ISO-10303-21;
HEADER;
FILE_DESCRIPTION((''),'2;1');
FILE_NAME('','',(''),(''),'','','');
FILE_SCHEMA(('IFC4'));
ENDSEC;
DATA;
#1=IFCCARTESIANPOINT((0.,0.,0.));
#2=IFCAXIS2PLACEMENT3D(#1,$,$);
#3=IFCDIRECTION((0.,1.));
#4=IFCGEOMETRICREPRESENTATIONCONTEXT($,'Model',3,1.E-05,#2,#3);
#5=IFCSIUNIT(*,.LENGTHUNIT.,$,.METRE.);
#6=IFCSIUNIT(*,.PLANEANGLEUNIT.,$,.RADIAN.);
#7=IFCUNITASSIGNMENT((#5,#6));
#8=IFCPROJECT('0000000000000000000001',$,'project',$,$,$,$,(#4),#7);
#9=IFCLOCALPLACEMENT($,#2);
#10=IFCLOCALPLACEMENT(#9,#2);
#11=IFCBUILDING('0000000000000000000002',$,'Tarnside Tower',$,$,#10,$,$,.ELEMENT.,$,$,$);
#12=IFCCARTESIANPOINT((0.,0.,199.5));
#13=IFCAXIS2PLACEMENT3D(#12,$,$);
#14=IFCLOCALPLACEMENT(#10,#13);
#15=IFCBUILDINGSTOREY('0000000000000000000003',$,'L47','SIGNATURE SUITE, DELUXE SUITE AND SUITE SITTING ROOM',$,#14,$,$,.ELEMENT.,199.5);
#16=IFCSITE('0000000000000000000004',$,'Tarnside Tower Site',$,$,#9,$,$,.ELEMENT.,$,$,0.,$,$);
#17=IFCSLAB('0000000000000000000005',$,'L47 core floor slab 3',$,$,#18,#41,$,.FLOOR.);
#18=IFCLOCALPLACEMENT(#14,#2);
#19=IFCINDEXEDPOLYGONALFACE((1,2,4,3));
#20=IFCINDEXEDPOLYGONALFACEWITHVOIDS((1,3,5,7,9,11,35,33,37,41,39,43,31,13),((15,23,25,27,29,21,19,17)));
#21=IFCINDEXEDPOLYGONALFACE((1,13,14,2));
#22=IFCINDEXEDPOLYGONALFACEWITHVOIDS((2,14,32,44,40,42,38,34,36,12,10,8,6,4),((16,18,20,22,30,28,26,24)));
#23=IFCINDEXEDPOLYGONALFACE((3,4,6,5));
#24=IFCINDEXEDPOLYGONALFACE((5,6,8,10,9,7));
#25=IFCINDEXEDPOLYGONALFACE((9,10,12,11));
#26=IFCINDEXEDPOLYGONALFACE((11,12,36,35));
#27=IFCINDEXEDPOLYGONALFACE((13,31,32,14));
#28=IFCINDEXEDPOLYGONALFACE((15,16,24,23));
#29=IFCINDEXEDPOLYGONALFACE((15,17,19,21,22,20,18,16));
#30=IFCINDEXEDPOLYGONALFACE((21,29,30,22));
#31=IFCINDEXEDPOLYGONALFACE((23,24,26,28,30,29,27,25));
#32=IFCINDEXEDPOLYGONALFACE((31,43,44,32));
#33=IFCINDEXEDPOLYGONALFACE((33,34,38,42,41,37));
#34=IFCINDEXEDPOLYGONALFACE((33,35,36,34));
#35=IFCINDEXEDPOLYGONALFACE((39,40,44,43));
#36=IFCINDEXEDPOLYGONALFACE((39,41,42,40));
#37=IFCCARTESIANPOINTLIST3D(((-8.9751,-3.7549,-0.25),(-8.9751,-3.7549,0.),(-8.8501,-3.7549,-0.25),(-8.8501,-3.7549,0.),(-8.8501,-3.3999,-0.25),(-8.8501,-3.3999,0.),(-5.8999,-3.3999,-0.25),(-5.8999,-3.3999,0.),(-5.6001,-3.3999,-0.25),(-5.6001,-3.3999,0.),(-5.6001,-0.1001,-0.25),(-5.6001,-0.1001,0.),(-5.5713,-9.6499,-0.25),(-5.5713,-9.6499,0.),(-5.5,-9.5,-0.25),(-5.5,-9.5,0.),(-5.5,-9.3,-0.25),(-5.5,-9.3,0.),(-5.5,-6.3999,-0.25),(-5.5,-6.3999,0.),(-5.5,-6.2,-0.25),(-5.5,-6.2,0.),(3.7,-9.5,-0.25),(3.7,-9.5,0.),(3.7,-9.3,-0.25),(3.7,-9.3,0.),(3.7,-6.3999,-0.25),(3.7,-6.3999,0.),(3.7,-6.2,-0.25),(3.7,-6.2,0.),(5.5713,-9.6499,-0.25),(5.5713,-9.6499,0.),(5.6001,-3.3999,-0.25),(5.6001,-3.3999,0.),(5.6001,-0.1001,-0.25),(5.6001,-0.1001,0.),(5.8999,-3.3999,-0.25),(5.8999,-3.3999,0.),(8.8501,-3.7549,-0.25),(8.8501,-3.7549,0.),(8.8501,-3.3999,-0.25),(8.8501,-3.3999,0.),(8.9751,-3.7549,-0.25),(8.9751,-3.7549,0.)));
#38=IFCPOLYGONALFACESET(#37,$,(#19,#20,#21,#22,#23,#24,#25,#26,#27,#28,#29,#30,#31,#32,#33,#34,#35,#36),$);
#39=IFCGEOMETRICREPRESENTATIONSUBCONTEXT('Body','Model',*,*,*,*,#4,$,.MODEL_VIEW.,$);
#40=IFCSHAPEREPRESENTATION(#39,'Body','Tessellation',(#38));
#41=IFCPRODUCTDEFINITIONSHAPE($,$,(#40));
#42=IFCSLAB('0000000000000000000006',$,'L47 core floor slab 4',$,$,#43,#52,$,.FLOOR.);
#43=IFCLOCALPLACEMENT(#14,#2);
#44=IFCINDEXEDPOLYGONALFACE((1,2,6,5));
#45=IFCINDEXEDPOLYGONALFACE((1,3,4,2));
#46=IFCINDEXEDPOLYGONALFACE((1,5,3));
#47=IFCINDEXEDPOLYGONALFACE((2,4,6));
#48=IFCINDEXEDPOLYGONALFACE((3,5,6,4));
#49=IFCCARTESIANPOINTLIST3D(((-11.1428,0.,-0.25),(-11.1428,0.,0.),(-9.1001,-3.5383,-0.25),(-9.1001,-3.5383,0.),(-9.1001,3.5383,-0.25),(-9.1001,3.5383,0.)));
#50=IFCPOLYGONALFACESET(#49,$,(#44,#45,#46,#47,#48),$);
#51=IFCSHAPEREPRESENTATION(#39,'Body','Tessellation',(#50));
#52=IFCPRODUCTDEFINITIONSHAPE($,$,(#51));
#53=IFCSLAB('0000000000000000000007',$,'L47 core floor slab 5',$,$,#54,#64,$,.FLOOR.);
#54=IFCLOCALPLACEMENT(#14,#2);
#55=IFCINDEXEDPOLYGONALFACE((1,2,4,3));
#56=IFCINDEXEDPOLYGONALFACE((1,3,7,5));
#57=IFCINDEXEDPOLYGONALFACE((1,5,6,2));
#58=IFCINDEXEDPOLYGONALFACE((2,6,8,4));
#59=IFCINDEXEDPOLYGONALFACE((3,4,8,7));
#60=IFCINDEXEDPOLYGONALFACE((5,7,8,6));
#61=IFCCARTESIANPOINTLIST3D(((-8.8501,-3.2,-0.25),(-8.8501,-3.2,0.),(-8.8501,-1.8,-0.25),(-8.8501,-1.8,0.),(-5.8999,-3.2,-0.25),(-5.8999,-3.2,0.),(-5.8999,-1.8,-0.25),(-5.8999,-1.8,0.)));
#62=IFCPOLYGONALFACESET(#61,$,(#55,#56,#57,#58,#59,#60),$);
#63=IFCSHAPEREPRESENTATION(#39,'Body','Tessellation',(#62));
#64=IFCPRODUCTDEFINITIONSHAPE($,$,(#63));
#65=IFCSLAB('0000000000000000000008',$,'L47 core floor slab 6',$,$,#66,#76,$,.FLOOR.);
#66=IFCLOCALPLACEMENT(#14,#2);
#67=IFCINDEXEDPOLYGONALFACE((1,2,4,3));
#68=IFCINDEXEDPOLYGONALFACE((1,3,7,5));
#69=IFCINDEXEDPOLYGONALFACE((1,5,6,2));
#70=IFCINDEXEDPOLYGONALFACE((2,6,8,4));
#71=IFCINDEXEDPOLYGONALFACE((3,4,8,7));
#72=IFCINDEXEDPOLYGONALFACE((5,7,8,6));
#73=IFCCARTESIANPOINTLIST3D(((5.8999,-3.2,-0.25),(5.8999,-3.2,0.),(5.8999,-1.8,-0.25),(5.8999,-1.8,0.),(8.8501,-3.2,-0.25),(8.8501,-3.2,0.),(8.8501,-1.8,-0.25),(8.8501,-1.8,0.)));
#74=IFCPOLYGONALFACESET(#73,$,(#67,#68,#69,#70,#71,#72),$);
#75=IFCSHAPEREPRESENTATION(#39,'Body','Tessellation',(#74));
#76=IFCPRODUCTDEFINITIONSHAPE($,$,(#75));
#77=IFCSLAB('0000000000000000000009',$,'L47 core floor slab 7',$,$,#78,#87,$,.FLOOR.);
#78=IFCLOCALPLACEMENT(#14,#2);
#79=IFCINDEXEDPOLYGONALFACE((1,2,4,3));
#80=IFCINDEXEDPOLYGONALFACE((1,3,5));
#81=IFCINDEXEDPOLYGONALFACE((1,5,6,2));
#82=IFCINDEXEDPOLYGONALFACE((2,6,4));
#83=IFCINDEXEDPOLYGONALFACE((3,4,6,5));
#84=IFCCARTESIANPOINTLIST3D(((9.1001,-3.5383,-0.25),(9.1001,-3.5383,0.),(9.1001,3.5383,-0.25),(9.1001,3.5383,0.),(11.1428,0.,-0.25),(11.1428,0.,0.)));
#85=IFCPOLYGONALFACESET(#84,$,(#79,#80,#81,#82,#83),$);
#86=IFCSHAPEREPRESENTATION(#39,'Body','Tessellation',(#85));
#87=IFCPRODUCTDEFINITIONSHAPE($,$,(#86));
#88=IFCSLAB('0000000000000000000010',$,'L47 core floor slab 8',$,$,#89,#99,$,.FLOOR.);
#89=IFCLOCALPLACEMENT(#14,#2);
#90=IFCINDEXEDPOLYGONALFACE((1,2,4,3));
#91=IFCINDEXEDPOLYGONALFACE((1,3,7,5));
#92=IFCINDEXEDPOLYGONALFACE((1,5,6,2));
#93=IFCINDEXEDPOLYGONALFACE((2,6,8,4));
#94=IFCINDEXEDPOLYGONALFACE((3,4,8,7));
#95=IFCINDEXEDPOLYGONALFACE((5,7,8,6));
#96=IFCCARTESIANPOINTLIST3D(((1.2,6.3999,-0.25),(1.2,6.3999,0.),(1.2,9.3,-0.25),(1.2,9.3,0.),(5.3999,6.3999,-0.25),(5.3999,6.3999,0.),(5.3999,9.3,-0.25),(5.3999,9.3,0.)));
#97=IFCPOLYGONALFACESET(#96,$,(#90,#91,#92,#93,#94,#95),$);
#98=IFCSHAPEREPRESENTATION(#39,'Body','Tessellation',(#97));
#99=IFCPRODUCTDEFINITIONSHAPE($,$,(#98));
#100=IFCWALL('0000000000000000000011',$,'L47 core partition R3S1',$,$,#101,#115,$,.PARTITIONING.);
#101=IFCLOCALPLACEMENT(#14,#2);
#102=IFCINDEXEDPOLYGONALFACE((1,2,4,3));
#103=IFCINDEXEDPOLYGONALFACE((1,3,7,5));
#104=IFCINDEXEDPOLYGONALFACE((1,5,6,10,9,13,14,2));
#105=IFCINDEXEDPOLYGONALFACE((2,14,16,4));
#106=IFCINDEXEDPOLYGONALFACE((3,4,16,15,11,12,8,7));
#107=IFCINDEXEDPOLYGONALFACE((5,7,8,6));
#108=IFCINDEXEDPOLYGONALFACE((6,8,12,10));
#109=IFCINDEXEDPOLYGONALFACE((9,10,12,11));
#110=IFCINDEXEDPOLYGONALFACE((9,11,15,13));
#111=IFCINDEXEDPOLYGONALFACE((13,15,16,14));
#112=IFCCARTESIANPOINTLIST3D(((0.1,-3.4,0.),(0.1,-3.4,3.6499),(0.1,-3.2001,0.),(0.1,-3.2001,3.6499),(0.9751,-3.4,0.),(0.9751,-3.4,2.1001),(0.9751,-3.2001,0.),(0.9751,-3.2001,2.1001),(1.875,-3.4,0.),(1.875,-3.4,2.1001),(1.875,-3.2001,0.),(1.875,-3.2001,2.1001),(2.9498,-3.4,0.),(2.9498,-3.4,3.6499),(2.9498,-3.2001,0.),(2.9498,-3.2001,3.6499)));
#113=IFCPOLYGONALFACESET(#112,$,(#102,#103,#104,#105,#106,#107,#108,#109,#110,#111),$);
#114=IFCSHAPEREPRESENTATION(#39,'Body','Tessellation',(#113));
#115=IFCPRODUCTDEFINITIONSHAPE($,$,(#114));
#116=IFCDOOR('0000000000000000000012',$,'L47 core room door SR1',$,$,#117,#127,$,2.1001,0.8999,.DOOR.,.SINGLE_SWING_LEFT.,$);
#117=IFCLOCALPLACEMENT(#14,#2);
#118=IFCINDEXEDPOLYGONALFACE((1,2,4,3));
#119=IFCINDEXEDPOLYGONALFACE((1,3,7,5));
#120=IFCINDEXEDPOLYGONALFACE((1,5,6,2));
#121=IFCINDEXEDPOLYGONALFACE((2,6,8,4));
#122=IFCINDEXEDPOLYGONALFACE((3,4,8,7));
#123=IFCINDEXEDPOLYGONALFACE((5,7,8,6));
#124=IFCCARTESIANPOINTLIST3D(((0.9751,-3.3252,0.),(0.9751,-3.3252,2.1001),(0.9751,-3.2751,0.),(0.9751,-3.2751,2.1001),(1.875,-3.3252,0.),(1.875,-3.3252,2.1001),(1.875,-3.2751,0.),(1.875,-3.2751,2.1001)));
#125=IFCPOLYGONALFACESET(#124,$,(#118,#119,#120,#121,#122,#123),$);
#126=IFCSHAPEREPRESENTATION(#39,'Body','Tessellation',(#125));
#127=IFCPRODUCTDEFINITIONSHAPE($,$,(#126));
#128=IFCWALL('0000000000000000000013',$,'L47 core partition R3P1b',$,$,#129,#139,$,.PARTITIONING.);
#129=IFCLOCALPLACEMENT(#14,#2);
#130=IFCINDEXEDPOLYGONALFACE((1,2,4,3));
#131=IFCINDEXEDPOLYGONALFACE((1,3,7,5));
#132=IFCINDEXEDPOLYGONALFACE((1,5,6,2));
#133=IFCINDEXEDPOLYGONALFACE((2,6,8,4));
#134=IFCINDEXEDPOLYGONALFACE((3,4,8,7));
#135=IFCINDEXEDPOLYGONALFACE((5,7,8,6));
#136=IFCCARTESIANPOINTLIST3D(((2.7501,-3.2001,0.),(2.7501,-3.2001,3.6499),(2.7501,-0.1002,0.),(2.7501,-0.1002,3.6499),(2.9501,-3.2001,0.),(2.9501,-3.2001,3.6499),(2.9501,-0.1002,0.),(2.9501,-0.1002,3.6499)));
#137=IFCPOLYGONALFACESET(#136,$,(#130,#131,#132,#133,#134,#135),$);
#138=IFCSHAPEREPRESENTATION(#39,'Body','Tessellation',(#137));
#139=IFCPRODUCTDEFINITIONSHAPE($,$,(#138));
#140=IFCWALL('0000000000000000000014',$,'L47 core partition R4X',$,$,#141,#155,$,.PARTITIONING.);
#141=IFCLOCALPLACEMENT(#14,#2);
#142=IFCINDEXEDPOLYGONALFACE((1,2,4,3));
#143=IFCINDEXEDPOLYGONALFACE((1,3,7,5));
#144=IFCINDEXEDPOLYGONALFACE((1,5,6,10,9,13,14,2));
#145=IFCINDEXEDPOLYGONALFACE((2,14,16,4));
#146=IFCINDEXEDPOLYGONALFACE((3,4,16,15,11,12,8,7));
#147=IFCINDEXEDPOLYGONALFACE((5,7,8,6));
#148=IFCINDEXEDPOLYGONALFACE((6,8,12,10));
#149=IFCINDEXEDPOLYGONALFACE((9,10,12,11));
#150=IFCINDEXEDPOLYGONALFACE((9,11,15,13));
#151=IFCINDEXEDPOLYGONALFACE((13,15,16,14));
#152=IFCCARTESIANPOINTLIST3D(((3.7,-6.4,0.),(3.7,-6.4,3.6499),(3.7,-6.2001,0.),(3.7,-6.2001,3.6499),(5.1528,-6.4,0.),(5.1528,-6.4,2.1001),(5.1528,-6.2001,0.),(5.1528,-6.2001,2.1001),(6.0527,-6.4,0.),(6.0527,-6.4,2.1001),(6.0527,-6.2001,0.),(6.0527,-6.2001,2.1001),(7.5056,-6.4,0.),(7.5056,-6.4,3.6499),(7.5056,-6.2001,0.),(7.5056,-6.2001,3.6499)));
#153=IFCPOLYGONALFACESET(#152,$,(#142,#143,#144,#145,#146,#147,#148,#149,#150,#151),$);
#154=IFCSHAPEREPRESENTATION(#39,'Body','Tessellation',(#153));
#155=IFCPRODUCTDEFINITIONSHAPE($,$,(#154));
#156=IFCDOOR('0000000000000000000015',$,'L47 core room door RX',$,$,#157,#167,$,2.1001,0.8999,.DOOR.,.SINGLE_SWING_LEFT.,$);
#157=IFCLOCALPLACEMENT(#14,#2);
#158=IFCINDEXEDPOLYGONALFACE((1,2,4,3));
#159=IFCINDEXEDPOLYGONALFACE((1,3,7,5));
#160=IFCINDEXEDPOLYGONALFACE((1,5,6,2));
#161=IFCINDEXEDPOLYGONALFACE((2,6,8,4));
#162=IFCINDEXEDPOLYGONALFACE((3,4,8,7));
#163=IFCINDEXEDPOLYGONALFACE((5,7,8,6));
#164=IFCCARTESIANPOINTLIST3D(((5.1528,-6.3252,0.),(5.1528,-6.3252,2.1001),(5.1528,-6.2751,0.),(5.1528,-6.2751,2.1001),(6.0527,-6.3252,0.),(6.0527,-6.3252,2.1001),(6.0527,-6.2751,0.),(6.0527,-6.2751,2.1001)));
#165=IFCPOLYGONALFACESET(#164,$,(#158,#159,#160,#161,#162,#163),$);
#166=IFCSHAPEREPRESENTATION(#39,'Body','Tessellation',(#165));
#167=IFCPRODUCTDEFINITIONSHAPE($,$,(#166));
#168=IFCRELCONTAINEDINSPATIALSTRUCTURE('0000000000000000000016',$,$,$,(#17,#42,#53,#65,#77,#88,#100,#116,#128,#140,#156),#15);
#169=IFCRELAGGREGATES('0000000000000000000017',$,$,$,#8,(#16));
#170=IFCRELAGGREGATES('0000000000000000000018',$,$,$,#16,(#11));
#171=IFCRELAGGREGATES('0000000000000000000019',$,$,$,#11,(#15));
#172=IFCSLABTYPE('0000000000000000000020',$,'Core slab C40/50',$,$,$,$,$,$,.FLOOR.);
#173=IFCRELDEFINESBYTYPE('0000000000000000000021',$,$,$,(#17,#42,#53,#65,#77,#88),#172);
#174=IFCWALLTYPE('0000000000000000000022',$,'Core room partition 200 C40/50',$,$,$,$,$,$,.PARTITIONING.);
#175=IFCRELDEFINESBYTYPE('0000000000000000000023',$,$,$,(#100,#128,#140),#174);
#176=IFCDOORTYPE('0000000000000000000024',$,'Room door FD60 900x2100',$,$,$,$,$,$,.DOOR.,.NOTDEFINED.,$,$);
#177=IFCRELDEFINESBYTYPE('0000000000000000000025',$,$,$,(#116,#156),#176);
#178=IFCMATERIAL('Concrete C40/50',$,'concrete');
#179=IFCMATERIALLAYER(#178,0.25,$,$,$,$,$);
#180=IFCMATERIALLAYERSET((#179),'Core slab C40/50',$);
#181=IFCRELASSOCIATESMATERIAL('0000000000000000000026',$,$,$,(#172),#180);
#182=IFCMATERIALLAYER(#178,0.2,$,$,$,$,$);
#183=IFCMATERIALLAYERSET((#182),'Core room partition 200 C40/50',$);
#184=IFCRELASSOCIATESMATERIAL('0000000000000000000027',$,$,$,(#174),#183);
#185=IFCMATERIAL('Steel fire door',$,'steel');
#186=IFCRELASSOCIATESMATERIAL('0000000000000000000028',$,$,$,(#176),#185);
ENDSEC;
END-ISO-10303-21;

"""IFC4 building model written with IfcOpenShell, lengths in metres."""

from ifc_helpers import new_model, si_unit, direction, frame, frame_2d, origin, place, context, subcontext, project, spatial, polyline, rectangle, outline, extrude, material, layer, layer_set, type_object, element, fill, save


model = new_model("IFC4")

# Units and contexts
model_context = context("Model", 3, precision=1e-05, world=origin(), true_north=direction((0.0, 1.0)))
body_context = subcontext(model_context, "Body", "Model", "MODEL_VIEW")
ifc_project = project(units=[si_unit("LENGTHUNIT", "METRE"), si_unit("PLANEANGLEUNIT", "RADIAN")], contexts=[model_context])

# Site, building, storey
site_placement = place(None, origin())
site = spatial("IfcSite", under=ifc_project, at=site_placement, Name="Tarnside Tower Site", CompositionType="ELEMENT", RefElevation=0.0)
building_placement = place(site_placement, origin())
building = spatial("IfcBuilding", under=site, at=building_placement, Name="Tarnside Tower", CompositionType="ELEMENT")
storey_placement = place(building_placement, frame((0.0, 0.0, 199.5)))
storey = spatial("IfcBuildingStorey", under=building, at=storey_placement, Name="L47", Description="SIGNATURE SUITE, DELUXE SUITE AND SUITE SITTING ROOM", CompositionType="ELEMENT", Elevation=199.5)

# Slabs
ifc_material_1 = material(Name="Concrete C40/50", Category="concrete")
ifc_layer_1 = layer(ifc_material_1, 0.25)
ifc_layer_set_1 = layer_set([ifc_layer_1], Name="Core slab C40/50")
slab_type = type_object("IfcSlabType", Name="Core slab C40/50", PredefinedType="FLOOR", material=ifc_layer_set_1)
slab_1_placement = place(storey_placement, frame((0.0, 0.0, -0.25)))
element("IfcSlab", 1, at=slab_1_placement, inside=storey, type_object=slab_type, Name="L47 core floor slab 3", PredefinedType="FLOOR", context=body_context, shape_type="SweptSolid", body=[
    extrude(outline(polyline([(5.6001, -3.3999), (5.8999, -3.3999), (8.8501, -3.3999), (8.8501, -3.7549), (8.9751, -3.7549), (5.5713, -9.6499), (-5.5713, -9.6499), (-8.9751, -3.7549), (-8.8501, -3.7549), (-8.8501, -3.3999), (-5.8999, -3.3999), (-5.6001, -3.3999), (-5.6001, -0.1001), (5.6001, -0.1001), (5.6001, -3.3999)]), holes=[polyline([(-5.5, -9.3), (-5.5, -9.5), (3.7, -9.5), (3.7, -9.3), (3.7, -6.3999), (3.7, -6.2), (-5.5, -6.2), (-5.5, -6.3999), (-5.5, -9.3)])]), origin(), (0.0, 0.0, 1.0), 0.25),
])
slab_2_placement = place(storey_placement, frame((0.0, 0.0, -0.25)))
element("IfcSlab", 2, at=slab_2_placement, inside=storey, type_object=slab_type, Name="L47 core floor slab 4", PredefinedType="FLOOR", context=body_context, shape_type="SweptSolid", body=[
    extrude(outline(polyline([(-11.1428, 0.0), (-9.1001, 3.5383), (-9.1001, -3.5383), (-11.1428, 0.0)])), origin(), (0.0, 0.0, 1.0), 0.25),
])
slab_3_placement = place(storey_placement, frame((0.0, 0.0, -0.25)))
element("IfcSlab", 3, at=slab_3_placement, inside=storey, type_object=slab_type, Name="L47 core floor slab 5", PredefinedType="FLOOR", context=body_context, shape_type="SweptSolid", body=[
    extrude(outline(polyline([(-8.8501, -1.8), (-5.8999, -1.8), (-5.8999, -3.2), (-8.8501, -3.2), (-8.8501, -1.8)])), origin(), (0.0, 0.0, 1.0), 0.25),
])
slab_4_placement = place(storey_placement, frame((0.0, 0.0, -0.25)))
element("IfcSlab", 4, at=slab_4_placement, inside=storey, type_object=slab_type, Name="L47 core floor slab 6", PredefinedType="FLOOR", context=body_context, shape_type="SweptSolid", body=[
    extrude(outline(polyline([(5.8999, -3.2), (5.8999, -1.8), (8.8501, -1.8), (8.8501, -3.2), (5.8999, -3.2)])), origin(), (0.0, 0.0, 1.0), 0.25),
])
slab_5_placement = place(storey_placement, frame((0.0, 0.0, -0.25)))
element("IfcSlab", 5, at=slab_5_placement, inside=storey, type_object=slab_type, Name="L47 core floor slab 7", PredefinedType="FLOOR", context=body_context, shape_type="SweptSolid", body=[
    extrude(outline(polyline([(9.1001, -3.5383), (9.1001, 3.5383), (11.1428, 0.0), (9.1001, -3.5383)])), origin(), (0.0, 0.0, 1.0), 0.25),
])
slab_6_placement = place(storey_placement, frame((0.0, 0.0, -0.25)))
element("IfcSlab", 6, at=slab_6_placement, inside=storey, type_object=slab_type, Name="L47 core floor slab 8", PredefinedType="FLOOR", context=body_context, shape_type="SweptSolid", body=[
    extrude(outline(polyline([(5.3999, 9.3), (5.3999, 6.3999), (1.2, 6.3999), (1.2, 9.3), (5.3999, 9.3)])), origin(), (0.0, 0.0, 1.0), 0.25),
])

# Wall, opening, door
ifc_layer_2 = layer(ifc_material_1, 0.2)
ifc_layer_set_2 = layer_set([ifc_layer_2], Name="Core room partition 200 C40/50")
wall_type_1 = type_object("IfcWallType", Name="Core room partition 200 C40/50", PredefinedType="PARTITIONING", material=ifc_layer_set_2)
wall_1_placement = place(storey_placement, frame((0.1001, -3.3, 0.0), z_axis=(0.0, 0.0, 1.0), x_axis=(1.0, 0.0, 0.0)))
wall_1 = element("IfcWall", 7, at=wall_1_placement, inside=storey, type_object=wall_type_1, Name="L47 core partition R3S1", PredefinedType="PARTITIONING", context=body_context, shape_type="SweptSolid", body=[
    extrude(rectangle(XDim=2.8499, YDim=0.2, at=frame_2d((1.4248, 0.0))), origin(), (0.0, 0.0, 1.0), 3.6499),
])
opening_1_placement = place(wall_1_placement, frame((0.875, 0.0, 0.0)))
opening_1 = element("IfcOpeningElement", 8, at=opening_1_placement, cuts=wall_1, PredefinedType="OPENING", context=body_context, shape_type="SweptSolid", body=[
    extrude(rectangle(XDim=0.8999, YDim=2.1001, at=frame_2d((0.45, 1.05))), frame((0.0, 0.1099, 0.0), z_axis=(0.0, -1.0, 0.0), x_axis=(1.0, 0.0, 0.0)), (0.0, 0.0, 1.0), 0.22),
])
ifc_material_2 = material(Name="Steel fire door", Category="steel")
door_type_1 = type_object("IfcDoorType", Name="Room door FD60 900x2100", OperationType="NOTDEFINED", PredefinedType="DOOR", material=ifc_material_2)
door_1_placement = place(opening_1_placement, origin())
door_1 = element("IfcDoor", 9, at=door_1_placement, inside=storey, type_object=door_type_1, Name="L47 core room door SR1", OperationType="SINGLE_SWING_LEFT", OverallHeight=2.1001, OverallWidth=0.8999, PredefinedType="DOOR", context=body_context, shape_type="SweptSolid", body=[
    extrude(rectangle(XDim=0.8999, YDim=2.1001, at=frame_2d((0.45, 1.05))), frame((0.0, 0.0249, 0.0), z_axis=(0.0, -1.0, 0.0), x_axis=(1.0, 0.0, 0.0)), (0.0, 0.0, 1.0), 0.05),
])
fill(opening_1, door_1)

# Wall
wall_2_placement = place(storey_placement, frame((2.8501, -3.2, 0.0), z_axis=(0.0, 0.0, 1.0), x_axis=(0.0, 1.0, 0.0)))
element("IfcWall", 10, at=wall_2_placement, inside=storey, type_object=wall_type_1, Name="L47 core partition R3P1b", PredefinedType="PARTITIONING", context=body_context, shape_type="SweptSolid", body=[
    extrude(rectangle(XDim=3.0999, YDim=0.2, at=frame_2d((1.5498, 0.0))), origin(), (0.0, 0.0, 1.0), 3.6499),
])

# Wall, opening, door
wall_3_placement = place(storey_placement, frame((3.7, -6.3, 0.0), z_axis=(0.0, 0.0, 1.0), x_axis=(1.0, 0.0, 0.0)))
wall_3 = element("IfcWall", 11, at=wall_3_placement, inside=storey, type_object=wall_type_1, Name="L47 core partition R4X", PredefinedType="PARTITIONING", context=body_context, shape_type="SweptSolid", body=[
    extrude(rectangle(XDim=3.8057, YDim=0.2, at=frame_2d((1.9028, 0.0))), origin(), (0.0, 0.0, 1.0), 3.6499),
])
opening_2_placement = place(wall_3_placement, frame((1.4529, 0.0, 0.0)))
opening_2 = element("IfcOpeningElement", 12, at=opening_2_placement, cuts=wall_3, PredefinedType="OPENING", context=body_context, shape_type="SweptSolid", body=[
    extrude(rectangle(XDim=0.8999, YDim=2.1001, at=frame_2d((0.45, 1.05))), frame((0.0, 0.1099, 0.0), z_axis=(0.0, -1.0, 0.0), x_axis=(1.0, 0.0, 0.0)), (0.0, 0.0, 1.0), 0.22),
])
door_2_placement = place(opening_2_placement, origin())
door_2 = element("IfcDoor", 13, at=door_2_placement, inside=storey, type_object=door_type_1, Name="L47 core room door RX", OperationType="SINGLE_SWING_LEFT", OverallHeight=2.1001, OverallWidth=0.8999, PredefinedType="DOOR", context=body_context, shape_type="SweptSolid", body=[
    extrude(rectangle(XDim=0.8999, YDim=2.1001, at=frame_2d((0.45, 1.05))), frame((0.0, 0.0249, 0.0), z_axis=(0.0, -1.0, 0.0), x_axis=(1.0, 0.0, 0.0)), (0.0, 0.0, 1.0), 0.05),
])
fill(opening_2, door_2)

save(model, "model.ifc")
